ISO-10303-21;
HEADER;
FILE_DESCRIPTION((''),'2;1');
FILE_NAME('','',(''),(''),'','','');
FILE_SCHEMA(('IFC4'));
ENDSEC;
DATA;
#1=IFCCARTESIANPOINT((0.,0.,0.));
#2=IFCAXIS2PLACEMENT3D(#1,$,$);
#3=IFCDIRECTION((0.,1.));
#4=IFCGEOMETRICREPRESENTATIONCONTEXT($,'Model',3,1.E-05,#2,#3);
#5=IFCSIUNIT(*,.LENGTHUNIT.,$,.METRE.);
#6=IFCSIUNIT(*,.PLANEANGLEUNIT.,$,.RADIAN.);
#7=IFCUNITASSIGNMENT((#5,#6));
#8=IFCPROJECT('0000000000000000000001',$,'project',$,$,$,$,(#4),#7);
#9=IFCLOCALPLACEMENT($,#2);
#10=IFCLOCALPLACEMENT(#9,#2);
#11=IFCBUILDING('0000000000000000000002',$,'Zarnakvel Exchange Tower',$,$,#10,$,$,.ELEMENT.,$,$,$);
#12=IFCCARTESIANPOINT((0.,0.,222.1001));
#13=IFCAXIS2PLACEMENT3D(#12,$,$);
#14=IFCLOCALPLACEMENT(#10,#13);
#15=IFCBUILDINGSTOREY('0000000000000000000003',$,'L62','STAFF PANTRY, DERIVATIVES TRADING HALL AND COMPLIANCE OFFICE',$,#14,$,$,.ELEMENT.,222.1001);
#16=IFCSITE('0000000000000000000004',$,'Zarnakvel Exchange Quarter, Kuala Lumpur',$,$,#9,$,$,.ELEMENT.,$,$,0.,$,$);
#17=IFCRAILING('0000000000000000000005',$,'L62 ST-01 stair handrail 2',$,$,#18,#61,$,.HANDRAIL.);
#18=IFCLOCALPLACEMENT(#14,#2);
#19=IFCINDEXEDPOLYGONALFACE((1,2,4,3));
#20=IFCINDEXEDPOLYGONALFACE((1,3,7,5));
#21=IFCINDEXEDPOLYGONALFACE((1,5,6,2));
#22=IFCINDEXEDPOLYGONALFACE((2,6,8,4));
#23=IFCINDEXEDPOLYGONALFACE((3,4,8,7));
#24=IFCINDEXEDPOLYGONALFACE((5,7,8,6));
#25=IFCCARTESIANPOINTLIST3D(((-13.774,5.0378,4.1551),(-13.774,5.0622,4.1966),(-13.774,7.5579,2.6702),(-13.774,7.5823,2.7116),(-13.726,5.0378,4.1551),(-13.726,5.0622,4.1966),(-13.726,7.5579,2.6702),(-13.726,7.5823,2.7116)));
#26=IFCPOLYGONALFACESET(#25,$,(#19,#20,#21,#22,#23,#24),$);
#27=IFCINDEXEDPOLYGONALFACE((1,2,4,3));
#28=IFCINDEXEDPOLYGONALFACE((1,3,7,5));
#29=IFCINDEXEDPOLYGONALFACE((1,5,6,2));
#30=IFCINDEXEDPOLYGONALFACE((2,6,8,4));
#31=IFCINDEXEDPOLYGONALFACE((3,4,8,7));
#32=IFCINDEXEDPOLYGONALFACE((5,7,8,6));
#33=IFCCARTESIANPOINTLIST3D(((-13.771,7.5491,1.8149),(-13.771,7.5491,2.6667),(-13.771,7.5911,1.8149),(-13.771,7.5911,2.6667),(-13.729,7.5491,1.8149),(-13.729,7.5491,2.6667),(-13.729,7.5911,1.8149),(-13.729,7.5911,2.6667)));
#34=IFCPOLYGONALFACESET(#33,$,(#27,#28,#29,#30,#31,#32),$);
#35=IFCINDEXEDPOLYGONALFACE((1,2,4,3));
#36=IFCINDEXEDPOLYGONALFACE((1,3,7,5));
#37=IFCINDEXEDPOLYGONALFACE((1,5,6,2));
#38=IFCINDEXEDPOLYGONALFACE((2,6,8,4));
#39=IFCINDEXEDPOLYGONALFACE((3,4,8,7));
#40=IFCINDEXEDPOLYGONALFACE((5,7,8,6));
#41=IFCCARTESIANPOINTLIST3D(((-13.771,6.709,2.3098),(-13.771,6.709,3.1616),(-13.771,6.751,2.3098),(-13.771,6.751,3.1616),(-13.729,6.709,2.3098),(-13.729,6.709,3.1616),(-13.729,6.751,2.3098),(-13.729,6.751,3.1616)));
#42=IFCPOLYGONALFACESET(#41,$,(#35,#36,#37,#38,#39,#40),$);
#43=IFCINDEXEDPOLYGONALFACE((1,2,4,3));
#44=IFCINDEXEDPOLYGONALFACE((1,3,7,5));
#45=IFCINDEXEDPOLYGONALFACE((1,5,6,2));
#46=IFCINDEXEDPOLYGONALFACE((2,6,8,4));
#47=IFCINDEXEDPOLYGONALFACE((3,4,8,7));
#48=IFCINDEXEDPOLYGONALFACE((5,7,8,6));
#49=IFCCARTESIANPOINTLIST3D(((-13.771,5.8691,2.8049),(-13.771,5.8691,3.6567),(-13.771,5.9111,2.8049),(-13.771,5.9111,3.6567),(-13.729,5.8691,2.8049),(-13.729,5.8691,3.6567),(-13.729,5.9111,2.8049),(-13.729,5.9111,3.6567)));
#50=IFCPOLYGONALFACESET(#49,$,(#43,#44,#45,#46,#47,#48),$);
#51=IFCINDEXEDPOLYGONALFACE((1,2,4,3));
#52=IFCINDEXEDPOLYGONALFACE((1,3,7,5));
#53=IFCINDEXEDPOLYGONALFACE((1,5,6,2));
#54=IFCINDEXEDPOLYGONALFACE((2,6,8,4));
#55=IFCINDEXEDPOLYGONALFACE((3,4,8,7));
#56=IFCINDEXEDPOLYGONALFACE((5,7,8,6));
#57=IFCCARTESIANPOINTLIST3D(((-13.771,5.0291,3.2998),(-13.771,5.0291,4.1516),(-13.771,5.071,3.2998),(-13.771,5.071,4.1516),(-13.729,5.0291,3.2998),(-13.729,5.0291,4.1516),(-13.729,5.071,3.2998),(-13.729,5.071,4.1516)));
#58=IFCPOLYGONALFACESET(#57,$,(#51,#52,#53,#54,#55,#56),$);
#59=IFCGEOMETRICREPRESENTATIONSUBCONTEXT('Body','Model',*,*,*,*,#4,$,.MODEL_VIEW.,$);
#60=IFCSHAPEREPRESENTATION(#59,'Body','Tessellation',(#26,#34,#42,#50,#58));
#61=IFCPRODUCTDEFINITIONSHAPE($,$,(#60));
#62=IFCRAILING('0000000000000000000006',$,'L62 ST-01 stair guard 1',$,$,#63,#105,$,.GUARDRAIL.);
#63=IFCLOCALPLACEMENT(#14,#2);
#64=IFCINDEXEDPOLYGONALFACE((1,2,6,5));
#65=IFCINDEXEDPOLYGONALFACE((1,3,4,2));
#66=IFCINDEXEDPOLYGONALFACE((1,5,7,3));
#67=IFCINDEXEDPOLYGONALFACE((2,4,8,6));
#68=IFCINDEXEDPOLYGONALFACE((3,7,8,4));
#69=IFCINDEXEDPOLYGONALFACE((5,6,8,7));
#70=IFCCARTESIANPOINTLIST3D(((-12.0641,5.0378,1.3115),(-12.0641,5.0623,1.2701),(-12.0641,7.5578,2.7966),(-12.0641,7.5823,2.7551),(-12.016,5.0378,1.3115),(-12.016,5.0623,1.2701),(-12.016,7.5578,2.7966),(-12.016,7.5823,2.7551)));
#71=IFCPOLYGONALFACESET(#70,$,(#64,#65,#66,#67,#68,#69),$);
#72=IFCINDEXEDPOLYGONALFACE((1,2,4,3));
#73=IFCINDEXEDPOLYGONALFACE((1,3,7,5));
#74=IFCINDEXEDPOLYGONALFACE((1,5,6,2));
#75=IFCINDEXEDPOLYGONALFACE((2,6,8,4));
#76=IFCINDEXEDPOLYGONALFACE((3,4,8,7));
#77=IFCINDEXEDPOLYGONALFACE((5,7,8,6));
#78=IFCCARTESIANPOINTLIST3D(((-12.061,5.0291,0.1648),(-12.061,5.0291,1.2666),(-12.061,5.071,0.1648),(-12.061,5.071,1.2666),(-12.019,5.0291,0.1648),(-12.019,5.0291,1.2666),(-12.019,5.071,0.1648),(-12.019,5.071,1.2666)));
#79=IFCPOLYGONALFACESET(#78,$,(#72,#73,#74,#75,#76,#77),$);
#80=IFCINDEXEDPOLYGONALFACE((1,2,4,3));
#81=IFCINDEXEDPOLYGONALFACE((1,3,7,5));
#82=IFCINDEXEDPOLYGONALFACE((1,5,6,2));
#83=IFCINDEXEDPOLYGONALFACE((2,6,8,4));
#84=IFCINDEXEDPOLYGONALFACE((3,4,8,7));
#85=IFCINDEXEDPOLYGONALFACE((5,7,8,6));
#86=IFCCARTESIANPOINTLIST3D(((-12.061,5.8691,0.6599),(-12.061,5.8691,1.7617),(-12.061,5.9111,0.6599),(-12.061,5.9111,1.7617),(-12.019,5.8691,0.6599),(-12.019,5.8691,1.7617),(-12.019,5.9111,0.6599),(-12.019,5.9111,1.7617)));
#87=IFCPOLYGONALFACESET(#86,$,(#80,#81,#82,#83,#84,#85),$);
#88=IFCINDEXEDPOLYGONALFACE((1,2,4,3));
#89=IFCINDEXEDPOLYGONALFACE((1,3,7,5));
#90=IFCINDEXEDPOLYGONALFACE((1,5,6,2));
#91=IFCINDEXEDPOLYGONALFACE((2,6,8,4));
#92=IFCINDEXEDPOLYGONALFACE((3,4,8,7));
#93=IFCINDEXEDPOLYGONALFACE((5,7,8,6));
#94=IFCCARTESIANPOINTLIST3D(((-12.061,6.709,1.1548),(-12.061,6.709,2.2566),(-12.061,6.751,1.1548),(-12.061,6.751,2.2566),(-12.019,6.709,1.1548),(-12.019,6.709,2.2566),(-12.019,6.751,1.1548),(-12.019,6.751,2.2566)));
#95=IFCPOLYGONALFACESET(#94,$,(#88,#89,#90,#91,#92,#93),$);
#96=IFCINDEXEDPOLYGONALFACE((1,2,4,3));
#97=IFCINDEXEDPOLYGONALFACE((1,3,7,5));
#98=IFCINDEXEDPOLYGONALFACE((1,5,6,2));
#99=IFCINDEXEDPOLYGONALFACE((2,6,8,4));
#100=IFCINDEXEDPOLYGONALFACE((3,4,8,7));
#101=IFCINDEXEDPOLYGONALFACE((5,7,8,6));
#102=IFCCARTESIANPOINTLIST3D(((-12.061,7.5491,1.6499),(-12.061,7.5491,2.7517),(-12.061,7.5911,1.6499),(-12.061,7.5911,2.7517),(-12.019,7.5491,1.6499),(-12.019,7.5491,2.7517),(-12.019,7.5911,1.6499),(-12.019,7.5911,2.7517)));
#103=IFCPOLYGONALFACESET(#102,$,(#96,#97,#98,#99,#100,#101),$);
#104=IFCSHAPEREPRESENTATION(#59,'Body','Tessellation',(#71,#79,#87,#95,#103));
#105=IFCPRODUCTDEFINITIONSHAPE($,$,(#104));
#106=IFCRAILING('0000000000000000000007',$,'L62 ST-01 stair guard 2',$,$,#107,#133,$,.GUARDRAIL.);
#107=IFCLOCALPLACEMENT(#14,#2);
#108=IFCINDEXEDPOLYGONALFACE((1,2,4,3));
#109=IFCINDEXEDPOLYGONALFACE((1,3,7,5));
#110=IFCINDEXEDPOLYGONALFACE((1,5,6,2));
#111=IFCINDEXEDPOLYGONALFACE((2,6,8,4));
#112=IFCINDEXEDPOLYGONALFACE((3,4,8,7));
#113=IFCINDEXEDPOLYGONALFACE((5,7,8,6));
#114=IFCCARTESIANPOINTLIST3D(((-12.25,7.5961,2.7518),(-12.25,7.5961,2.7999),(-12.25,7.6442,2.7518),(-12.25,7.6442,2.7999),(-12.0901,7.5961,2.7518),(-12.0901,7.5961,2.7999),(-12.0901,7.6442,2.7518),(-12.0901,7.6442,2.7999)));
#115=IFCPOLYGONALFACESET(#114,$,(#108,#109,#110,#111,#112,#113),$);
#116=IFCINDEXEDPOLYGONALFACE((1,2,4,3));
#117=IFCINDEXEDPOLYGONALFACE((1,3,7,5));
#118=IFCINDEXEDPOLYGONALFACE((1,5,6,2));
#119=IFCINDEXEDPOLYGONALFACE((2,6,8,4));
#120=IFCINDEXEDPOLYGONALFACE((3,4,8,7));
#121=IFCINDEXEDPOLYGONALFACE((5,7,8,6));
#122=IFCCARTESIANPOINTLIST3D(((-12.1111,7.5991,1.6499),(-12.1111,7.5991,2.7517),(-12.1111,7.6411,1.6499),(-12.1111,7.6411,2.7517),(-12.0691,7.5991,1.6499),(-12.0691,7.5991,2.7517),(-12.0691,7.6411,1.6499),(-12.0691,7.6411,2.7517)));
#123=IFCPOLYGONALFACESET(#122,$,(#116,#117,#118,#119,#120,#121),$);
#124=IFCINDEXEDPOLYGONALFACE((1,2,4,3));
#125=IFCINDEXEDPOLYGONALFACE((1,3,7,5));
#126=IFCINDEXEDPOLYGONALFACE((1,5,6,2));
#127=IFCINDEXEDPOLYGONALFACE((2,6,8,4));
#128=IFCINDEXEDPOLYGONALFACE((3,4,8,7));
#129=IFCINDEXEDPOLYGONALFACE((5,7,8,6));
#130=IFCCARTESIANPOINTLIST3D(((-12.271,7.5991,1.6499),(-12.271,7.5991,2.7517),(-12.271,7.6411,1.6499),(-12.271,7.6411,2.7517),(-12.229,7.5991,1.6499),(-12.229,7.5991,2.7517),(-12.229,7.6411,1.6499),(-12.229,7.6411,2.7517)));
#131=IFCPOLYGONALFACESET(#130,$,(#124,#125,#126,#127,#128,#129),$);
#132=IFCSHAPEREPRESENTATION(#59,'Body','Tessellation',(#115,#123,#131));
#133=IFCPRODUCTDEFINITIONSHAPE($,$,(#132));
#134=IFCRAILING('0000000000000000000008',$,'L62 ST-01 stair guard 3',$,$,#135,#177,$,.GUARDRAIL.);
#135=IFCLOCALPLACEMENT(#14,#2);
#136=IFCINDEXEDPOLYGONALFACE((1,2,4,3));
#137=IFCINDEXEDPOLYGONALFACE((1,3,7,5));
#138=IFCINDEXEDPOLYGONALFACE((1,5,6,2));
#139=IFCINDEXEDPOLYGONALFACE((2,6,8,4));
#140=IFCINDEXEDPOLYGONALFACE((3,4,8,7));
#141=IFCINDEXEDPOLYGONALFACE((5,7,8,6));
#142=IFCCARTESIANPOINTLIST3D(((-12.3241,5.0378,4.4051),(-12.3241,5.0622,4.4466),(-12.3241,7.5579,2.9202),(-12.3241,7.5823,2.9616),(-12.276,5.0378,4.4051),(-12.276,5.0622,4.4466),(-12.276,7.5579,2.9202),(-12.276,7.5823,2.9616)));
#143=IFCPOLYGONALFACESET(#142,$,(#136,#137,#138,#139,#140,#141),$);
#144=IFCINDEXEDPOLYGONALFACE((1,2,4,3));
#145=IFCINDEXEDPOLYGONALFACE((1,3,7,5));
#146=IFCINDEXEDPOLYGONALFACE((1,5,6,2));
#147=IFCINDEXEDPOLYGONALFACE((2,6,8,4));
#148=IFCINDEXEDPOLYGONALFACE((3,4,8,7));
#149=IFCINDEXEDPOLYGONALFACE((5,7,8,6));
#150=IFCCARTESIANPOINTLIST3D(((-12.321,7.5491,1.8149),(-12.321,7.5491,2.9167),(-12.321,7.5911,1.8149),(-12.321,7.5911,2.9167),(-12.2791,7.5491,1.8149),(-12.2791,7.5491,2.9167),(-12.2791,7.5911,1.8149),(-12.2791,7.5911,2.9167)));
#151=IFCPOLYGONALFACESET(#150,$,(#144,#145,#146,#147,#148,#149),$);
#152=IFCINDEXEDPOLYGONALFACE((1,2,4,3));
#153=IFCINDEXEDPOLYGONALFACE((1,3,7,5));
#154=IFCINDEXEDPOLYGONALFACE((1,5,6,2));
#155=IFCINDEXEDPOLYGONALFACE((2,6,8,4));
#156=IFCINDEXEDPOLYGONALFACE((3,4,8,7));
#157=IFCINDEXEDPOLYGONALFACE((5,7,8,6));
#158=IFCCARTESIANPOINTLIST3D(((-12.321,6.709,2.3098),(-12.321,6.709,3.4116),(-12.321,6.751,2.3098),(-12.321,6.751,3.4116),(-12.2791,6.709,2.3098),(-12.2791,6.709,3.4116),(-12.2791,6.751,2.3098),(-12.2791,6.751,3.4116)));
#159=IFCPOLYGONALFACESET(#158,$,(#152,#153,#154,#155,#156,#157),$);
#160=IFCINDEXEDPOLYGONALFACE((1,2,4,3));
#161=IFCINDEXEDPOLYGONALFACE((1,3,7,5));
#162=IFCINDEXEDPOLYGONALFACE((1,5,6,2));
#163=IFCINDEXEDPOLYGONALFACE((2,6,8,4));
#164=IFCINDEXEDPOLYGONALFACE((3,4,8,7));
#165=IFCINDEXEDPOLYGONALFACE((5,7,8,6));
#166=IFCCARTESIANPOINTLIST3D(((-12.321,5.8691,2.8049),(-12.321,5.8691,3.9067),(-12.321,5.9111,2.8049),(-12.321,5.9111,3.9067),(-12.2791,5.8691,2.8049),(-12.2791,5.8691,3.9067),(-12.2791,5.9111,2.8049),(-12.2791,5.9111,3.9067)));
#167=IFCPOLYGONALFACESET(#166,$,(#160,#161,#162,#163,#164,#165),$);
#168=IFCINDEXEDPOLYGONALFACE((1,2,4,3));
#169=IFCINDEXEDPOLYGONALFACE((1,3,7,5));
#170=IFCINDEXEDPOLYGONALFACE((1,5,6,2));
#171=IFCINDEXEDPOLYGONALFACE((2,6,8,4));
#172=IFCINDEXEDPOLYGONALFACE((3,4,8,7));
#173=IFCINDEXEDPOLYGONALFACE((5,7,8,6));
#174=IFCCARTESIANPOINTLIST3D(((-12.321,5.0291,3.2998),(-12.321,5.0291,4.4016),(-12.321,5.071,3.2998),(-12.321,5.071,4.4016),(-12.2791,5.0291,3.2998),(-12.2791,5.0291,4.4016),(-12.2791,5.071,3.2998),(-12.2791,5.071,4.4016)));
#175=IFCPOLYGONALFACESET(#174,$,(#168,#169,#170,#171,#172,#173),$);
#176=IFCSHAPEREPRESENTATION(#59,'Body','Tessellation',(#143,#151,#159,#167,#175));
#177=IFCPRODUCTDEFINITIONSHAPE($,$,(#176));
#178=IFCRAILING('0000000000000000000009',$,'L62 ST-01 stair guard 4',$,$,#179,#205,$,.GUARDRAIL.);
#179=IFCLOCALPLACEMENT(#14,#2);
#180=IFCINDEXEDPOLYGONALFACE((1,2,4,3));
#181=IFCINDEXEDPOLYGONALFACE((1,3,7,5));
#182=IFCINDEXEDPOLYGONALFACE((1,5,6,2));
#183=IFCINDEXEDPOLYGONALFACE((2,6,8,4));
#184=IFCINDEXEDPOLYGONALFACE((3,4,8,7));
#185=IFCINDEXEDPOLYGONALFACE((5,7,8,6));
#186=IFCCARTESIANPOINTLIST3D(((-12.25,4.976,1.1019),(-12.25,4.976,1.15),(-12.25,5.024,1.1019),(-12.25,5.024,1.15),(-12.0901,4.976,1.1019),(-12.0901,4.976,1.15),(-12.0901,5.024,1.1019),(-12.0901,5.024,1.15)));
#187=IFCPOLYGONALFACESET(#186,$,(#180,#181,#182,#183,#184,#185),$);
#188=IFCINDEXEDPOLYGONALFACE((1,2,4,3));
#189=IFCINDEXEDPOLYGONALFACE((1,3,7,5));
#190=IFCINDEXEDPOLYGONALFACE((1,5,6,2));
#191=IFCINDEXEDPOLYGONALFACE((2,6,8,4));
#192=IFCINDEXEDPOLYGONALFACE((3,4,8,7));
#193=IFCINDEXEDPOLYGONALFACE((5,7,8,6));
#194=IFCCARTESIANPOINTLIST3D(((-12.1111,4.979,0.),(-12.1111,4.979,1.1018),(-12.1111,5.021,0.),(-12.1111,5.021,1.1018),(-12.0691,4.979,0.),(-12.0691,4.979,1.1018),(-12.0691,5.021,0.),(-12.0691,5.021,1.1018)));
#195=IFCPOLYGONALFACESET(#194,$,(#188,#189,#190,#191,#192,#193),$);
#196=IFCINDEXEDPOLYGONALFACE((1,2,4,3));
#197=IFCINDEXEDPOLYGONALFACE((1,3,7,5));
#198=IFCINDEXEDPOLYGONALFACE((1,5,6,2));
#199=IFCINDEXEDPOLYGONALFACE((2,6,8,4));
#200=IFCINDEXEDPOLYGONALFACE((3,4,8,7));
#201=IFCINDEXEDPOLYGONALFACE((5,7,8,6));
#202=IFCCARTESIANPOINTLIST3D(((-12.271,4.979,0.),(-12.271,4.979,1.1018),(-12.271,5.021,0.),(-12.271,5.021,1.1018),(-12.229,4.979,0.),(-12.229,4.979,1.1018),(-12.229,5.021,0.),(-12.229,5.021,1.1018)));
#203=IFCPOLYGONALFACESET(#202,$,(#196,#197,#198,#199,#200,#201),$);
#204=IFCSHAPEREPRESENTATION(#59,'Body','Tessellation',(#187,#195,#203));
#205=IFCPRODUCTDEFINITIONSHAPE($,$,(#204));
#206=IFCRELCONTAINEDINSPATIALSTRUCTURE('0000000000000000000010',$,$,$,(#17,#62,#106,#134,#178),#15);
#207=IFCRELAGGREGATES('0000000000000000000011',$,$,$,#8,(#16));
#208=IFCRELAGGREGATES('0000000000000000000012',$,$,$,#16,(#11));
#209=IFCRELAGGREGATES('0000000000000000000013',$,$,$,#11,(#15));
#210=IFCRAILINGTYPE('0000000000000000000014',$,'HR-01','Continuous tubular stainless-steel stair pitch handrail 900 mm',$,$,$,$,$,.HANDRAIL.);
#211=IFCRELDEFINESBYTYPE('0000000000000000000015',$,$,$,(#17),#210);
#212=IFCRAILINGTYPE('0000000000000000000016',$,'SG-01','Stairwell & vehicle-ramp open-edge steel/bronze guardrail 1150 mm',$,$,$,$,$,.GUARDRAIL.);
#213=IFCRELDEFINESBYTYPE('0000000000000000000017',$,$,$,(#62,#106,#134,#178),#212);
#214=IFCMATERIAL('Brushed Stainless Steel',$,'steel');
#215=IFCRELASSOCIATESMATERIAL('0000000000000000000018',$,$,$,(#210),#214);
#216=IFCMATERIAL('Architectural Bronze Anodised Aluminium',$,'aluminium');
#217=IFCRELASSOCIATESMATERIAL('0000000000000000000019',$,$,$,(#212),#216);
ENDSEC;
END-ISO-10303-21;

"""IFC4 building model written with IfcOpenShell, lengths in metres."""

from ifc_helpers import new_model, si_unit, direction, frame, origin, origin_2d, place, context, subcontext, project, spatial, rectangle, extrude, material, type_object, element, save


model = new_model("IFC4")

# Units and contexts
model_context = context("Model", 3, precision=1e-05, world=origin(), true_north=direction((0.0, 1.0)))
body_context = subcontext(model_context, "Body", "Model", "MODEL_VIEW")
ifc_project = project(units=[si_unit("LENGTHUNIT", "METRE"), si_unit("PLANEANGLEUNIT", "RADIAN")], contexts=[model_context])

# Site, building, storey
site_placement = place(None, origin())
site = spatial("IfcSite", under=ifc_project, at=site_placement, Name="Zarnakvel Exchange Quarter, Kuala Lumpur", CompositionType="ELEMENT", RefElevation=0.0)
building_placement = place(site_placement, origin())
building = spatial("IfcBuilding", under=site, at=building_placement, Name="Zarnakvel Exchange Tower", CompositionType="ELEMENT")
storey_placement = place(building_placement, frame((0.0, 0.0, 222.1001)))
storey = spatial("IfcBuildingStorey", under=building, at=storey_placement, Name="L62", Description="STAFF PANTRY, DERIVATIVES TRADING HALL AND COMPLIANCE OFFICE", CompositionType="ELEMENT", Elevation=222.1001)

# Shared definitions
ifc_material_1 = material(Name="Architectural Bronze Anodised Aluminium", Category="aluminium")

# Railings
ifc_material_2 = material(Name="Brushed Stainless Steel", Category="steel")
railing_type_1 = type_object("IfcRailingType", Name="HR-01", Description="Continuous tubular stainless-steel stair pitch handrail 900 mm", PredefinedType="HANDRAIL", material=ifc_material_2)
railing_1_placement = place(storey_placement, frame((-13.75, 7.5701, 1.8149)))
element("IfcRailing", 1, at=railing_1_placement, inside=storey, type_object=railing_type_1, Name="L62 ST-01 stair handrail 2", PredefinedType="HANDRAIL", context=body_context, shape_type="SweptSolid", body=[
    extrude(rectangle(XDim=0.0481, YDim=0.0481, at=origin_2d()), frame((0.0, 0.0, 0.876), z_axis=(0.0, -0.861561, 0.507655), x_axis=(1.0, 0.0, 0.0)), (0.0, 0.0, 1.0), 2.925),
    extrude(rectangle(XDim=0.042, YDim=0.042, at=origin_2d()), origin(), (0.0, 0.0, 1.0), 0.8518),
    extrude(rectangle(XDim=0.042, YDim=0.042, at=origin_2d()), frame((0.0, -0.8401, 0.4949)), (0.0, 0.0, 1.0), 0.8518),
    extrude(rectangle(XDim=0.042, YDim=0.042, at=origin_2d()), frame((0.0, -1.6799, 0.99)), (0.0, 0.0, 1.0), 0.8518),
    extrude(rectangle(XDim=0.042, YDim=0.042, at=origin_2d()), frame((0.0, -2.52, 1.4849)), (0.0, 0.0, 1.0), 0.8518),
])
railing_type_2 = type_object("IfcRailingType", Name="SG-01", Description="Stairwell & vehicle-ramp open-edge steel/bronze guardrail 1150 mm", PredefinedType="GUARDRAIL", material=ifc_material_1)
railing_2_placement = place(storey_placement, frame((-12.04, 5.05, 0.1648)))
element("IfcRailing", 2, at=railing_2_placement, inside=storey, type_object=railing_type_2, Name="L62 ST-01 stair guard 1", PredefinedType="GUARDRAIL", context=body_context, shape_type="SweptSolid", body=[
    extrude(rectangle(XDim=0.0481, YDim=0.0481, at=origin_2d()), frame((0.0, 0.0, 1.126), z_axis=(0.0, 0.861524, 0.507717), x_axis=(-1.0, 0.0, 0.0)), (0.0, 0.0, 1.0), 2.925),
    extrude(rectangle(XDim=0.042, YDim=0.042, at=origin_2d()), origin(), (0.0, 0.0, 1.0), 1.1018),
    extrude(rectangle(XDim=0.042, YDim=0.042, at=origin_2d()), frame((0.0, 0.8401, 0.4951)), (0.0, 0.0, 1.0), 1.1018),
    extrude(rectangle(XDim=0.042, YDim=0.042, at=origin_2d()), frame((0.0, 1.6799, 0.99)), (0.0, 0.0, 1.0), 1.1018),
    extrude(rectangle(XDim=0.042, YDim=0.042, at=origin_2d()), frame((0.0, 2.52, 1.4851)), (0.0, 0.0, 1.0), 1.1018),
])
railing_3_placement = place(storey_placement, frame((-12.0901, 7.6201, 1.6499)))
element("IfcRailing", 3, at=railing_3_placement, inside=storey, type_object=railing_type_2, Name="L62 ST-01 stair guard 2", PredefinedType="GUARDRAIL", context=body_context, shape_type="SweptSolid", body=[
    extrude(rectangle(XDim=0.0481, YDim=0.0481, at=origin_2d()), frame((0.0, 0.0, 1.126), z_axis=(-1.0, 0.0, 0.0), x_axis=(0.0, -1.0, 0.0)), (0.0, 0.0, 1.0), 0.1599),
    extrude(rectangle(XDim=0.042, YDim=0.042, at=origin_2d()), origin(), (0.0, 0.0, 1.0), 1.1018),
    extrude(rectangle(XDim=0.042, YDim=0.042, at=origin_2d()), frame((-0.1599, 0.0, 0.0)), (0.0, 0.0, 1.0), 1.1018),
])
railing_4_placement = place(storey_placement, frame((-12.3, 7.5701, 1.8149)))
element("IfcRailing", 4, at=railing_4_placement, inside=storey, type_object=railing_type_2, Name="L62 ST-01 stair guard 3", PredefinedType="GUARDRAIL", context=body_context, shape_type="SweptSolid", body=[
    extrude(rectangle(XDim=0.0481, YDim=0.0481, at=origin_2d()), frame((0.0, 0.0, 1.126), z_axis=(0.0, -0.861561, 0.507655), x_axis=(1.0, 0.0, 0.0)), (0.0, 0.0, 1.0), 2.925),
    extrude(rectangle(XDim=0.042, YDim=0.042, at=origin_2d()), origin(), (0.0, 0.0, 1.0), 1.1018),
    extrude(rectangle(XDim=0.042, YDim=0.042, at=origin_2d()), frame((0.0, -0.8401, 0.4949)), (0.0, 0.0, 1.0), 1.1018),
    extrude(rectangle(XDim=0.042, YDim=0.042, at=origin_2d()), frame((0.0, -1.6799, 0.99)), (0.0, 0.0, 1.0), 1.1018),
    extrude(rectangle(XDim=0.042, YDim=0.042, at=origin_2d()), frame((0.0, -2.52, 1.4849)), (0.0, 0.0, 1.0), 1.1018),
])
railing_5_placement = place(storey_placement, frame((-12.0901, 5.0, 0.0)))
element("IfcRailing", 5, at=railing_5_placement, inside=storey, type_object=railing_type_2, Name="L62 ST-01 stair guard 4", PredefinedType="GUARDRAIL", context=body_context, shape_type="SweptSolid", body=[
    extrude(rectangle(XDim=0.0481, YDim=0.0481, at=origin_2d()), frame((0.0, 0.0, 1.126), z_axis=(-1.0, 0.0, 0.0), x_axis=(0.0, -1.0, 0.0)), (0.0, 0.0, 1.0), 0.1599),
    extrude(rectangle(XDim=0.042, YDim=0.042, at=origin_2d()), origin(), (0.0, 0.0, 1.0), 1.1018),
    extrude(rectangle(XDim=0.042, YDim=0.042, at=origin_2d()), frame((-0.1599, 0.0, 0.0)), (0.0, 0.0, 1.0), 1.1018),
])

save(model, "model.ifc")
